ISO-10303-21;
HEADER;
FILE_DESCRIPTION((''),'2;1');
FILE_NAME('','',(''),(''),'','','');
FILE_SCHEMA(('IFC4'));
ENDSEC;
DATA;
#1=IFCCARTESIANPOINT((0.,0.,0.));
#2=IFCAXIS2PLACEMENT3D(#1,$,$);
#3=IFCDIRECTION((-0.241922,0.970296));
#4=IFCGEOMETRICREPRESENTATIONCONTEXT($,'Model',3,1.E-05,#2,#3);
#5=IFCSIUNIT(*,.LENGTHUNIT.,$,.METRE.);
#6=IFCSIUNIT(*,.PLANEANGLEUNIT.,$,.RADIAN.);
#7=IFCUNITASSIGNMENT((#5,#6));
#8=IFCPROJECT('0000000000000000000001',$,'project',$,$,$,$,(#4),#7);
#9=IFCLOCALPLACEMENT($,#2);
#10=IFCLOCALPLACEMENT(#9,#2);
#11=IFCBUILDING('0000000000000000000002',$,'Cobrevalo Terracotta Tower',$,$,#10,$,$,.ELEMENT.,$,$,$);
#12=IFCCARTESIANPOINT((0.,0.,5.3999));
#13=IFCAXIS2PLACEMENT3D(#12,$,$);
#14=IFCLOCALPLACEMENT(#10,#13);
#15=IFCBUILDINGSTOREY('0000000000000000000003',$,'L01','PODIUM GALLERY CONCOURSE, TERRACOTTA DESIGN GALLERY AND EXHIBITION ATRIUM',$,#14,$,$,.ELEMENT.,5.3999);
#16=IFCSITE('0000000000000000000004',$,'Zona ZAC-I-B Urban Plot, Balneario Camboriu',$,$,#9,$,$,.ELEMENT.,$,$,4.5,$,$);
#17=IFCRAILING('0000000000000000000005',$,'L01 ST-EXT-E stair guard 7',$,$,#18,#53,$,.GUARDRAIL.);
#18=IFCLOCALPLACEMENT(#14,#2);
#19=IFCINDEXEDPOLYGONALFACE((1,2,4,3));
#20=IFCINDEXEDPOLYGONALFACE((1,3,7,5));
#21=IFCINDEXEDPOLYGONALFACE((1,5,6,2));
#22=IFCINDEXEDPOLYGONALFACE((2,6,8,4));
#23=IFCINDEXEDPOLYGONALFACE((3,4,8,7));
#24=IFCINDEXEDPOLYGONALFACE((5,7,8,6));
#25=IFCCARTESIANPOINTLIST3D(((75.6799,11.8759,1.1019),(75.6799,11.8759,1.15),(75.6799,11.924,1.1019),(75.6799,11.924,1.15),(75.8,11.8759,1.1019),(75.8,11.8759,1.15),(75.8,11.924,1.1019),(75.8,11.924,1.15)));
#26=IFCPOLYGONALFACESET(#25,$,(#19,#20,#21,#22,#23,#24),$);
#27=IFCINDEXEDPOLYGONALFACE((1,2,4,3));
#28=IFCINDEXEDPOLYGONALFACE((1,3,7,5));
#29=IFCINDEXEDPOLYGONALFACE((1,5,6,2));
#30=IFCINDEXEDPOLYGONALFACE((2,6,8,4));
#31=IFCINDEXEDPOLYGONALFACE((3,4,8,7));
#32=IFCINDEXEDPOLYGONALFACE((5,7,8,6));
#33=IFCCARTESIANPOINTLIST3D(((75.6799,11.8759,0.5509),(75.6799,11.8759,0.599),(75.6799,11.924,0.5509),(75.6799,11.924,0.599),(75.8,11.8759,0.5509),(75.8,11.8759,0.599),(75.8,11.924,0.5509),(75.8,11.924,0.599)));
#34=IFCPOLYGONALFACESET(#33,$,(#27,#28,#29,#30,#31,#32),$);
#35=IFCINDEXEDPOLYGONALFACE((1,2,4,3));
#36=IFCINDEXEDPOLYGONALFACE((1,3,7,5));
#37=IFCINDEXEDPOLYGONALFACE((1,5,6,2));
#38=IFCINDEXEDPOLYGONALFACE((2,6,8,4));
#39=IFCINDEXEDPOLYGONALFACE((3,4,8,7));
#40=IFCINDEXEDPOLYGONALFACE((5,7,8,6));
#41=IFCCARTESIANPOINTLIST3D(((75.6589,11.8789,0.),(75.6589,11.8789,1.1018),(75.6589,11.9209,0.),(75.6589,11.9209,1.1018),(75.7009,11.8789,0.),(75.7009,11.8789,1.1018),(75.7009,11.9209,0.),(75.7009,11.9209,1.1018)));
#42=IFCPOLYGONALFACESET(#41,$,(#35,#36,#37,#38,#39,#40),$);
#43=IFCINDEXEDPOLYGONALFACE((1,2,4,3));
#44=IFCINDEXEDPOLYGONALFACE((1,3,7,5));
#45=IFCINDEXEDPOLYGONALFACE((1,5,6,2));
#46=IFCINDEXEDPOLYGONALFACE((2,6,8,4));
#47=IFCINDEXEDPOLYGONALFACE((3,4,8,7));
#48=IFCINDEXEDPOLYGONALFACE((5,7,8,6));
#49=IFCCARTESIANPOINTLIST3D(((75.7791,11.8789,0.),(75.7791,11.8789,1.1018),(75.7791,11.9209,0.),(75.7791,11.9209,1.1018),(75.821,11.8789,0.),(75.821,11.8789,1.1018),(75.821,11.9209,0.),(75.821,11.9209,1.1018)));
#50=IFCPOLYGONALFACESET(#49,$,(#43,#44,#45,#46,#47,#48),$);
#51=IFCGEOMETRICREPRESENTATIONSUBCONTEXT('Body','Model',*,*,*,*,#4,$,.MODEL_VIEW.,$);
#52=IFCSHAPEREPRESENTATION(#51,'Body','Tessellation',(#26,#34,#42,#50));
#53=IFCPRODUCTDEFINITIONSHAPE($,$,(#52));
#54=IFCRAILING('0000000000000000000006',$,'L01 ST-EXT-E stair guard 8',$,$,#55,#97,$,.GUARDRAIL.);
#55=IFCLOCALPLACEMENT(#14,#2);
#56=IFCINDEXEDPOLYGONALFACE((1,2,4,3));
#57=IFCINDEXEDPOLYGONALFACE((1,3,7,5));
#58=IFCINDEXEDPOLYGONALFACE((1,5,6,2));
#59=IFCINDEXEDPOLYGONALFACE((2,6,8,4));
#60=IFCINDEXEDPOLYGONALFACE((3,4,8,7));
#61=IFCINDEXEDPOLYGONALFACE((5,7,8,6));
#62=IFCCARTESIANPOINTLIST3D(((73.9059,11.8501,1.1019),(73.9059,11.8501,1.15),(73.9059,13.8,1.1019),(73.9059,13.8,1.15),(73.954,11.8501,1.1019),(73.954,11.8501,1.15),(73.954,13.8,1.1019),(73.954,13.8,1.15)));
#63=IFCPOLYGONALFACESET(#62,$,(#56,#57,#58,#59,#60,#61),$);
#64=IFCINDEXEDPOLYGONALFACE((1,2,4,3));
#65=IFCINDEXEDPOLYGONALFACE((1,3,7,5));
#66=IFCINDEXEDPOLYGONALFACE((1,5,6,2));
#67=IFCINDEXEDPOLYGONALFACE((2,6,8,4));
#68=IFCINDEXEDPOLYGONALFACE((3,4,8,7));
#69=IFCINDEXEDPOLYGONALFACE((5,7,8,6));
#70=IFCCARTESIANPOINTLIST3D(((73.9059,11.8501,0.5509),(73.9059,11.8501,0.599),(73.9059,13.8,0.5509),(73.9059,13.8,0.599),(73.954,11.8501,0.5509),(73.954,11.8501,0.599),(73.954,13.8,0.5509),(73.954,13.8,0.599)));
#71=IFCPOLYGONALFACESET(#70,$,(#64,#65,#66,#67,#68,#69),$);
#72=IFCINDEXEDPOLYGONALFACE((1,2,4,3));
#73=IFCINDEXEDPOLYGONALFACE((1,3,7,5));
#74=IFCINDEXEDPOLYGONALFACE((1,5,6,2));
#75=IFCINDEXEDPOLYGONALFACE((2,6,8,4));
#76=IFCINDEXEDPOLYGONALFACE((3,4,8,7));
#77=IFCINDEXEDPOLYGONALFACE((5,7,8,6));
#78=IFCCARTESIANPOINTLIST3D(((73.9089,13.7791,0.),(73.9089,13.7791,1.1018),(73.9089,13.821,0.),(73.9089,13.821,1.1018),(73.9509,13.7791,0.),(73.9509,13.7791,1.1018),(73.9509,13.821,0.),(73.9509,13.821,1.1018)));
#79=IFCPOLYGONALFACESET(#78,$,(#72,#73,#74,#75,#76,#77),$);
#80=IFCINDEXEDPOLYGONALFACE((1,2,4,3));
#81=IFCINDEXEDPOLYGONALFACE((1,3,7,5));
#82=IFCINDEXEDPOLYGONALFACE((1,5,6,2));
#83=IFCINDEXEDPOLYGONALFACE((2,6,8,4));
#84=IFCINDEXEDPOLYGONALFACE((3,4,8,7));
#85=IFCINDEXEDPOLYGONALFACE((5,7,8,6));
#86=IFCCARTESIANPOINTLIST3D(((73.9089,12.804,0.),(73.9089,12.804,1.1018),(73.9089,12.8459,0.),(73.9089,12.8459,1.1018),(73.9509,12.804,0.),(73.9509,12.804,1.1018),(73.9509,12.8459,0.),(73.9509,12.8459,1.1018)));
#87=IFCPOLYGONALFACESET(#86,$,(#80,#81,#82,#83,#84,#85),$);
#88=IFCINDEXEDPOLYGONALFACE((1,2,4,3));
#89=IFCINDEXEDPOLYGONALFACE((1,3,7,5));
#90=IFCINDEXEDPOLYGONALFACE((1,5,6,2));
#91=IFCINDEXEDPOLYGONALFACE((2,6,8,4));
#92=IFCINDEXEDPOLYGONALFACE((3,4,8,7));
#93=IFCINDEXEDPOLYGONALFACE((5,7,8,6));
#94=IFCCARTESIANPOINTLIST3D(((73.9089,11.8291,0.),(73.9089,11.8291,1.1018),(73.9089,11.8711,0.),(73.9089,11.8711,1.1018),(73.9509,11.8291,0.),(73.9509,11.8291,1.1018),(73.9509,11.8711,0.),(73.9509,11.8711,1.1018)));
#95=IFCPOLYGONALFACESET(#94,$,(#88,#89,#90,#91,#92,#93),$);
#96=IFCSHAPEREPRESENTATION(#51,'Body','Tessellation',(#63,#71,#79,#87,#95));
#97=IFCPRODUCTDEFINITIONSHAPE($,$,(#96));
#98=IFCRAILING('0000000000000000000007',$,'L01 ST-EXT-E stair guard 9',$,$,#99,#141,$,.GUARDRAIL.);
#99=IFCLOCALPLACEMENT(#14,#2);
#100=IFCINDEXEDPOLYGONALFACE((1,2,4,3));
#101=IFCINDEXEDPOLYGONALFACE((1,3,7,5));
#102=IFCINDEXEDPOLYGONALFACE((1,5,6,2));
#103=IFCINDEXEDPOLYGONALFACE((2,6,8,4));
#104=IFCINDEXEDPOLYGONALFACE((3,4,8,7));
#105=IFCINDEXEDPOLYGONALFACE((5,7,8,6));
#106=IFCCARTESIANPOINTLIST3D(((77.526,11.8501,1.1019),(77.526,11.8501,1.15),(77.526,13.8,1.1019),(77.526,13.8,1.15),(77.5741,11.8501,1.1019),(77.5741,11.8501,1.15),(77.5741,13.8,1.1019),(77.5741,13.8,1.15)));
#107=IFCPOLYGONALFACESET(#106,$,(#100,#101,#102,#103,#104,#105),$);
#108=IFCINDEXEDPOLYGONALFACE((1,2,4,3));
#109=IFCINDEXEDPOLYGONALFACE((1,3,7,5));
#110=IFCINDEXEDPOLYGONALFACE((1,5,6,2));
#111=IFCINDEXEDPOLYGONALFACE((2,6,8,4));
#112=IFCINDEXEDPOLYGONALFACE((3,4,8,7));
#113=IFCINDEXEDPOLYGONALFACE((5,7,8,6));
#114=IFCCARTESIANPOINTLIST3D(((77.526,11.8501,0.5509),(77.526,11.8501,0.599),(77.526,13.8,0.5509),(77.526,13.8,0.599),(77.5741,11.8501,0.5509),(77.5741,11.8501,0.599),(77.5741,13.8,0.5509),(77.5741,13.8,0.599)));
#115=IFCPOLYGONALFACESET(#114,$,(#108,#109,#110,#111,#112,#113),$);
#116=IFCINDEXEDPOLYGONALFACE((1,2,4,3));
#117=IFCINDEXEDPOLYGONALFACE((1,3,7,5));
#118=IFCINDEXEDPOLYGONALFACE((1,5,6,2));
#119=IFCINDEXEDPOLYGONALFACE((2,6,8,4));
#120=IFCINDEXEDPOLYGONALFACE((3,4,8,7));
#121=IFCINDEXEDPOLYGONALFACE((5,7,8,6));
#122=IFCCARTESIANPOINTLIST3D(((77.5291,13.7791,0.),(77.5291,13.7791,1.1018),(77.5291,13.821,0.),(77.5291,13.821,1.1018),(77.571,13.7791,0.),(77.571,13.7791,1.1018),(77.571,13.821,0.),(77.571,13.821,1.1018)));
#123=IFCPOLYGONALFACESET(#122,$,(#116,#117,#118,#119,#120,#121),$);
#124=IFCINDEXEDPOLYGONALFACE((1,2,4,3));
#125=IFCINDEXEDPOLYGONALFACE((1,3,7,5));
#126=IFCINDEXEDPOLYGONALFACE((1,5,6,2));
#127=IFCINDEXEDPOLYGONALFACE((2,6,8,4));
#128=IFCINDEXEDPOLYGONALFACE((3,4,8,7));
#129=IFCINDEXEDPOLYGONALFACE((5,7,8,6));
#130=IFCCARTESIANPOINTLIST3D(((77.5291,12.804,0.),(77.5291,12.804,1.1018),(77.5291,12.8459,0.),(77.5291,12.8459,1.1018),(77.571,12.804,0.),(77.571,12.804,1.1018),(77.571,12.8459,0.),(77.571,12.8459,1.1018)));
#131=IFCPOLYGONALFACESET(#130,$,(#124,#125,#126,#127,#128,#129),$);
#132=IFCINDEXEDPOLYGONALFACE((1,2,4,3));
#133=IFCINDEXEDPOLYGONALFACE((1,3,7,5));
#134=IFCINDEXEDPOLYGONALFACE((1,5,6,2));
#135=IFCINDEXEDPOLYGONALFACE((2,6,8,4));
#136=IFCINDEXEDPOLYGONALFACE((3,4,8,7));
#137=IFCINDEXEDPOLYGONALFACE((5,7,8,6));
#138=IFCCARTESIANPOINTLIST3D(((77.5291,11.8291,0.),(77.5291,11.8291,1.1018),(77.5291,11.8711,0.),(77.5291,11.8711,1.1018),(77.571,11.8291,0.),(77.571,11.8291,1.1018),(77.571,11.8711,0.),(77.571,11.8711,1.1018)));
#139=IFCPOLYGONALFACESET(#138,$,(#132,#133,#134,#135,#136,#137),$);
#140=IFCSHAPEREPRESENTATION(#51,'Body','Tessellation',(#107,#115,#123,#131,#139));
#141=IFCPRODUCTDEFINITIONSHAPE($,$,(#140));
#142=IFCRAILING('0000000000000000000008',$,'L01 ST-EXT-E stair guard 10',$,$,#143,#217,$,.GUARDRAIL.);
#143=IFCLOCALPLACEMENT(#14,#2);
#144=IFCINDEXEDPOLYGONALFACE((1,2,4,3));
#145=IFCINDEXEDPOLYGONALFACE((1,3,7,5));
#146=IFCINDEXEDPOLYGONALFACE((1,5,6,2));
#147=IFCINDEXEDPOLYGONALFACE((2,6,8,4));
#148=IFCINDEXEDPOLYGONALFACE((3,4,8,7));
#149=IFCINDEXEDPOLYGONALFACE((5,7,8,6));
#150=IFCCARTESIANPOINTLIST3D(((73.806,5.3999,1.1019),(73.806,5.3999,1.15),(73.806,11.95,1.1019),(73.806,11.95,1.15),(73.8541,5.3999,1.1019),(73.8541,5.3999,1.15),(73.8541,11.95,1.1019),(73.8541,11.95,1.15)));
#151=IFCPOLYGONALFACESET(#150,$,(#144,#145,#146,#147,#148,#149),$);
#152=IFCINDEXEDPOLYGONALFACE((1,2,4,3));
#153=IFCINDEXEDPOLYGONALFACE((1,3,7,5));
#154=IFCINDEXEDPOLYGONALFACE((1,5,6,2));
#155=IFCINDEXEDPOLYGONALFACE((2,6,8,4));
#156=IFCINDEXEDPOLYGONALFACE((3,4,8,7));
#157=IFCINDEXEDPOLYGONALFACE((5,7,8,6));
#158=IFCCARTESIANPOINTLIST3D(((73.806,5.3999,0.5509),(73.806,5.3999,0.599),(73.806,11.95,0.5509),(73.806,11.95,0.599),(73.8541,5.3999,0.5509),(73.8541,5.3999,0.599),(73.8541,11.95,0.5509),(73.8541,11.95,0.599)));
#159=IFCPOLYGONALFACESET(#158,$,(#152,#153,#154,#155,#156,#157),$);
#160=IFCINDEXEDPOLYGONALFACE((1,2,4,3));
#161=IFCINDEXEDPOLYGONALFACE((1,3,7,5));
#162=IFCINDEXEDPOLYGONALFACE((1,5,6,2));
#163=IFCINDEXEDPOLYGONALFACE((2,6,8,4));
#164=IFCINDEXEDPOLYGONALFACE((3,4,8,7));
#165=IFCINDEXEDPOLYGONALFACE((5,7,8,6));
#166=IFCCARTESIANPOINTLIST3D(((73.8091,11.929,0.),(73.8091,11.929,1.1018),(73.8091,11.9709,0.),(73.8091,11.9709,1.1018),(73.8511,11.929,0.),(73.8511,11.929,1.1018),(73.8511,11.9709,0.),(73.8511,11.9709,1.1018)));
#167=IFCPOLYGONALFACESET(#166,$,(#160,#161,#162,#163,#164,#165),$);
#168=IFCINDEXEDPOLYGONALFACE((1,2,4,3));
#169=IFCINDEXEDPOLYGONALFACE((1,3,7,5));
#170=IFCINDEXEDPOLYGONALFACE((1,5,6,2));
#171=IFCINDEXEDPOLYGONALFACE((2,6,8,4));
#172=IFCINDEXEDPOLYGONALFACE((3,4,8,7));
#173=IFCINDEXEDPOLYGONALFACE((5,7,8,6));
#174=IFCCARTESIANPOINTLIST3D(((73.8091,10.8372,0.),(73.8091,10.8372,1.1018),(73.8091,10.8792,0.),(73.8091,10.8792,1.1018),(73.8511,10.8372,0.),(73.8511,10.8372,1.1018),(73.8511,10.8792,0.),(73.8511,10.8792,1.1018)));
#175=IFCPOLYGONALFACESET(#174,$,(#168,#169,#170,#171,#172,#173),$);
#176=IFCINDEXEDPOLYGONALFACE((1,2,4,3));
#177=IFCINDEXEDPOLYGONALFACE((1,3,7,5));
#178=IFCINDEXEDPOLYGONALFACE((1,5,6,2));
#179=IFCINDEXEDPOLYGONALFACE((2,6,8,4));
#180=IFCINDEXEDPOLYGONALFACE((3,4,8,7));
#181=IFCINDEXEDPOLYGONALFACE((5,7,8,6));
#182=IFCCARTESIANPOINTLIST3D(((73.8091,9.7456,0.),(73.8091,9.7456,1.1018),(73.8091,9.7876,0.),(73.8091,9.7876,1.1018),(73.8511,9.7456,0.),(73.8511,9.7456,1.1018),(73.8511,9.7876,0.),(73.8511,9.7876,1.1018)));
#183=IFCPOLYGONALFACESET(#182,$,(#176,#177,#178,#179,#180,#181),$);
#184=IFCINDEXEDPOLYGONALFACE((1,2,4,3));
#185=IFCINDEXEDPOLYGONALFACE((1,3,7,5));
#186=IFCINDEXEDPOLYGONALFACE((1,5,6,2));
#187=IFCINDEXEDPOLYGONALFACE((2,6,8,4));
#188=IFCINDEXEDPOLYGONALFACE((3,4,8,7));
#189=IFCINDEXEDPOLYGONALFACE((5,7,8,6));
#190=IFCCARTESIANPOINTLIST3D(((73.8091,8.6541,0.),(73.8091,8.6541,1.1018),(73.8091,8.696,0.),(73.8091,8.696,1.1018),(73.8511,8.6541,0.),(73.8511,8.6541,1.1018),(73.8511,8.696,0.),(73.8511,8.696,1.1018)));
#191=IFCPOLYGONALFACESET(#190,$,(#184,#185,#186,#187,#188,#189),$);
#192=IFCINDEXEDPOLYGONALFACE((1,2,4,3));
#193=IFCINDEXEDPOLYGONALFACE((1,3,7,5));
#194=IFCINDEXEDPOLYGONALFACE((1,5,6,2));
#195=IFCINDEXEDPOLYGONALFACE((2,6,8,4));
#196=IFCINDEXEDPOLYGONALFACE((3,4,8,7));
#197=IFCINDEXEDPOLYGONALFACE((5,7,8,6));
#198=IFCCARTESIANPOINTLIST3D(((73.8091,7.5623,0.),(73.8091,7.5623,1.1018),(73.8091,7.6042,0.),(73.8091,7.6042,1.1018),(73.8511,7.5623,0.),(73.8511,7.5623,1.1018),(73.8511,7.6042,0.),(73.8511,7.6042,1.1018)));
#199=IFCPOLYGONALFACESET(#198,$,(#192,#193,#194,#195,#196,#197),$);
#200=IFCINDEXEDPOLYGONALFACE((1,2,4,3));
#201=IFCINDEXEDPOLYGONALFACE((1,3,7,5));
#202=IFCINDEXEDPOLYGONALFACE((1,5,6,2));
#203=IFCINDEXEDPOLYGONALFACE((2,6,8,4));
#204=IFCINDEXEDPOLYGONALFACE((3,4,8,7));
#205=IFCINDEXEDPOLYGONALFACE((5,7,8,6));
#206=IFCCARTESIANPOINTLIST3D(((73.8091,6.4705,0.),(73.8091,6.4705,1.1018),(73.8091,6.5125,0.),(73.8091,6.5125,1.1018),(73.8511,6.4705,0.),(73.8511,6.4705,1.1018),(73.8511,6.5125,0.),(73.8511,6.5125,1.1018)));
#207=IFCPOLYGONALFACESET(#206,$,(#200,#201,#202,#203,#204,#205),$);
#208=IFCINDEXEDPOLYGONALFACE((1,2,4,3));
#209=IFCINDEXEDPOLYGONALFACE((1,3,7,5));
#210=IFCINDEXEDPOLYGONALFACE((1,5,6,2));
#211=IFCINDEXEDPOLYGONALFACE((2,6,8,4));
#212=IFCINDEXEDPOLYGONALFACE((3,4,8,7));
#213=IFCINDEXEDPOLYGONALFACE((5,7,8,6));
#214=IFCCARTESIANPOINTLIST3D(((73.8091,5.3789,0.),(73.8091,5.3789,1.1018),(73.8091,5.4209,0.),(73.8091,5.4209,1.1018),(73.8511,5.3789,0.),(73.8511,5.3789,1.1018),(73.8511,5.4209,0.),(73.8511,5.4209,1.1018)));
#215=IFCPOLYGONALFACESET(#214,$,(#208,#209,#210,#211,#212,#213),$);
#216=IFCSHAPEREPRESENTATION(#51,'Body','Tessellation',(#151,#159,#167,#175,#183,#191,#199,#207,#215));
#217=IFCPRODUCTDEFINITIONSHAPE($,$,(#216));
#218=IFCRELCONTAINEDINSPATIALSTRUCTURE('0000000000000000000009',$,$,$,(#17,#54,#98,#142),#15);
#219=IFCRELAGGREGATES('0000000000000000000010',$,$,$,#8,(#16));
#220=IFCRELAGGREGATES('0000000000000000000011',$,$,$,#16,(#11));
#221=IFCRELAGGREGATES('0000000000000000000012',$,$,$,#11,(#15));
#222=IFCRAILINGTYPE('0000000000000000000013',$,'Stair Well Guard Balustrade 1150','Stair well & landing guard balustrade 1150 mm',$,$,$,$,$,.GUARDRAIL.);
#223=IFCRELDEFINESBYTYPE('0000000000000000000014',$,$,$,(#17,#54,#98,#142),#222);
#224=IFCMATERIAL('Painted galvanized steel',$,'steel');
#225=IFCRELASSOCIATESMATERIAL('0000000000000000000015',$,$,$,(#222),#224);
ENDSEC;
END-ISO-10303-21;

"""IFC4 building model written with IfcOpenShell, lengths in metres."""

from ifc_helpers import new_model, si_unit, direction, frame, origin, origin_2d, place, context, subcontext, project, spatial, rectangle, extrude, material, type_object, element, save


model = new_model("IFC4")

# Units and contexts
model_context = context("Model", 3, precision=1e-05, world=origin(), true_north=direction((-0.241922, 0.970296)))
body_context = subcontext(model_context, "Body", "Model", "MODEL_VIEW")
ifc_project = project(units=[si_unit("LENGTHUNIT", "METRE"), si_unit("PLANEANGLEUNIT", "RADIAN")], contexts=[model_context])

# Site, building, storey
site_placement = place(None, origin())
site = spatial("IfcSite", under=ifc_project, at=site_placement, Name="Zona ZAC-I-B Urban Plot, Balneario Camboriu", CompositionType="ELEMENT", RefElevation=4.5)
building_placement = place(site_placement, origin())
building = spatial("IfcBuilding", under=site, at=building_placement, Name="Cobrevalo Terracotta Tower", CompositionType="ELEMENT")
storey_placement = place(building_placement, frame((0.0, 0.0, 5.3999)))
storey = spatial("IfcBuildingStorey", under=building, at=storey_placement, Name="L01", Description="PODIUM GALLERY CONCOURSE, TERRACOTTA DESIGN GALLERY AND EXHIBITION ATRIUM", CompositionType="ELEMENT", Elevation=5.3999)

# Railings
ifc_material_1 = material(Name="Painted galvanized steel", Category="steel")
railing_type_1 = type_object("IfcRailingType", Name="Stair Well Guard Balustrade 1150", Description="Stair well & landing guard balustrade 1150 mm", PredefinedType="GUARDRAIL", material=ifc_material_1)
railing_1_placement = place(storey_placement, frame((75.6799, 11.8999, 0.0)))
element("IfcRailing", 1, at=railing_1_placement, inside=storey, type_object=railing_type_1, Name="L01 ST-EXT-E stair guard 7", PredefinedType="GUARDRAIL", context=body_context, shape_type="SweptSolid", body=[
    extrude(rectangle(XDim=0.0481, YDim=0.0481, at=origin_2d()), frame((0.0, 0.0, 1.126), z_axis=(1.0, 0.0, 0.0), x_axis=(0.0, 1.0, 0.0)), (0.0, 0.0, 1.0), 0.1201),
    extrude(rectangle(XDim=0.0481, YDim=0.0481, at=origin_2d()), frame((0.0, 0.0, 0.575), z_axis=(1.0, 0.0, 0.0), x_axis=(0.0, 1.0, 0.0)), (0.0, 0.0, 1.0), 0.1201),
    extrude(rectangle(XDim=0.042, YDim=0.042, at=origin_2d()), origin(), (0.0, 0.0, 1.0), 1.1018),
    extrude(rectangle(XDim=0.042, YDim=0.042, at=origin_2d()), frame((0.1201, 0.0, 0.0)), (0.0, 0.0, 1.0), 1.1018),
])
for number, where, name in (
    (2, (73.9299, 13.8, 0.0), "L01 ST-EXT-E stair guard 8"),
    (3, (77.55, 13.8, 0.0), "L01 ST-EXT-E stair guard 9"),
):
    element("IfcRailing", number, at=place(storey_placement, frame(where)), inside=storey, type_object=railing_type_1, Name=name, PredefinedType="GUARDRAIL", context=body_context, shape_type="SweptSolid", body=[
        extrude(rectangle(XDim=0.0481, YDim=0.0481, at=origin_2d()), frame((0.0, 0.0, 1.126), z_axis=(0.0, -1.0, 0.0), x_axis=(1.0, 0.0, 0.0)), (0.0, 0.0, 1.0), 1.95),
        extrude(rectangle(XDim=0.0481, YDim=0.0481, at=origin_2d()), frame((0.0, 0.0, 0.575), z_axis=(0.0, -1.0, 0.0), x_axis=(1.0, 0.0, 0.0)), (0.0, 0.0, 1.0), 1.95),
        extrude(rectangle(XDim=0.042, YDim=0.042, at=origin_2d()), origin(), (0.0, 0.0, 1.0), 1.1018),
        extrude(rectangle(XDim=0.042, YDim=0.042, at=origin_2d()), frame((0.0, -0.9751, 0.0)), (0.0, 0.0, 1.0), 1.1018),
        extrude(rectangle(XDim=0.042, YDim=0.042, at=origin_2d()), frame((0.0, -1.95, 0.0)), (0.0, 0.0, 1.0), 1.1018),
    ])
for number, where, name in (
    (4, (73.8301, 11.95, 0.0), "L01 ST-EXT-E stair guard 10"),
):
    element("IfcRailing", number, at=place(storey_placement, frame(where)), inside=storey, type_object=railing_type_1, Name=name, PredefinedType="GUARDRAIL", context=body_context, shape_type="SweptSolid", body=[
        extrude(rectangle(XDim=0.0481, YDim=0.0481, at=origin_2d()), frame((0.0, 0.0, 1.126), z_axis=(0.0, -1.0, 0.0), x_axis=(1.0, 0.0, 0.0)), (0.0, 0.0, 1.0), 6.55),
        extrude(rectangle(XDim=0.0481, YDim=0.0481, at=origin_2d()), frame((0.0, 0.0, 0.575), z_axis=(0.0, -1.0, 0.0), x_axis=(1.0, 0.0, 0.0)), (0.0, 0.0, 1.0), 6.55),
        extrude(rectangle(XDim=0.042, YDim=0.042, at=origin_2d()), origin(), (0.0, 0.0, 1.0), 1.1018),
        extrude(rectangle(XDim=0.042, YDim=0.042, at=origin_2d()), frame((0.0, -1.0918, 0.0)), (0.0, 0.0, 1.0), 1.1018),
        extrude(rectangle(XDim=0.042, YDim=0.042, at=origin_2d()), frame((0.0, -2.1833, 0.0)), (0.0, 0.0, 1.0), 1.1018),
        extrude(rectangle(XDim=0.042, YDim=0.042, at=origin_2d()), frame((0.0, -3.2749, 0.0)), (0.0, 0.0, 1.0), 1.1018),
        extrude(rectangle(XDim=0.042, YDim=0.042, at=origin_2d()), frame((0.0, -4.3667, 0.0)), (0.0, 0.0, 1.0), 1.1018),
        extrude(rectangle(XDim=0.042, YDim=0.042, at=origin_2d()), frame((0.0, -5.4585, 0.0)), (0.0, 0.0, 1.0), 1.1018),
        extrude(rectangle(XDim=0.042, YDim=0.042, at=origin_2d()), frame((0.0, -6.55, 0.0)), (0.0, 0.0, 1.0), 1.1018),
    ])

save(model, "model.ifc")
